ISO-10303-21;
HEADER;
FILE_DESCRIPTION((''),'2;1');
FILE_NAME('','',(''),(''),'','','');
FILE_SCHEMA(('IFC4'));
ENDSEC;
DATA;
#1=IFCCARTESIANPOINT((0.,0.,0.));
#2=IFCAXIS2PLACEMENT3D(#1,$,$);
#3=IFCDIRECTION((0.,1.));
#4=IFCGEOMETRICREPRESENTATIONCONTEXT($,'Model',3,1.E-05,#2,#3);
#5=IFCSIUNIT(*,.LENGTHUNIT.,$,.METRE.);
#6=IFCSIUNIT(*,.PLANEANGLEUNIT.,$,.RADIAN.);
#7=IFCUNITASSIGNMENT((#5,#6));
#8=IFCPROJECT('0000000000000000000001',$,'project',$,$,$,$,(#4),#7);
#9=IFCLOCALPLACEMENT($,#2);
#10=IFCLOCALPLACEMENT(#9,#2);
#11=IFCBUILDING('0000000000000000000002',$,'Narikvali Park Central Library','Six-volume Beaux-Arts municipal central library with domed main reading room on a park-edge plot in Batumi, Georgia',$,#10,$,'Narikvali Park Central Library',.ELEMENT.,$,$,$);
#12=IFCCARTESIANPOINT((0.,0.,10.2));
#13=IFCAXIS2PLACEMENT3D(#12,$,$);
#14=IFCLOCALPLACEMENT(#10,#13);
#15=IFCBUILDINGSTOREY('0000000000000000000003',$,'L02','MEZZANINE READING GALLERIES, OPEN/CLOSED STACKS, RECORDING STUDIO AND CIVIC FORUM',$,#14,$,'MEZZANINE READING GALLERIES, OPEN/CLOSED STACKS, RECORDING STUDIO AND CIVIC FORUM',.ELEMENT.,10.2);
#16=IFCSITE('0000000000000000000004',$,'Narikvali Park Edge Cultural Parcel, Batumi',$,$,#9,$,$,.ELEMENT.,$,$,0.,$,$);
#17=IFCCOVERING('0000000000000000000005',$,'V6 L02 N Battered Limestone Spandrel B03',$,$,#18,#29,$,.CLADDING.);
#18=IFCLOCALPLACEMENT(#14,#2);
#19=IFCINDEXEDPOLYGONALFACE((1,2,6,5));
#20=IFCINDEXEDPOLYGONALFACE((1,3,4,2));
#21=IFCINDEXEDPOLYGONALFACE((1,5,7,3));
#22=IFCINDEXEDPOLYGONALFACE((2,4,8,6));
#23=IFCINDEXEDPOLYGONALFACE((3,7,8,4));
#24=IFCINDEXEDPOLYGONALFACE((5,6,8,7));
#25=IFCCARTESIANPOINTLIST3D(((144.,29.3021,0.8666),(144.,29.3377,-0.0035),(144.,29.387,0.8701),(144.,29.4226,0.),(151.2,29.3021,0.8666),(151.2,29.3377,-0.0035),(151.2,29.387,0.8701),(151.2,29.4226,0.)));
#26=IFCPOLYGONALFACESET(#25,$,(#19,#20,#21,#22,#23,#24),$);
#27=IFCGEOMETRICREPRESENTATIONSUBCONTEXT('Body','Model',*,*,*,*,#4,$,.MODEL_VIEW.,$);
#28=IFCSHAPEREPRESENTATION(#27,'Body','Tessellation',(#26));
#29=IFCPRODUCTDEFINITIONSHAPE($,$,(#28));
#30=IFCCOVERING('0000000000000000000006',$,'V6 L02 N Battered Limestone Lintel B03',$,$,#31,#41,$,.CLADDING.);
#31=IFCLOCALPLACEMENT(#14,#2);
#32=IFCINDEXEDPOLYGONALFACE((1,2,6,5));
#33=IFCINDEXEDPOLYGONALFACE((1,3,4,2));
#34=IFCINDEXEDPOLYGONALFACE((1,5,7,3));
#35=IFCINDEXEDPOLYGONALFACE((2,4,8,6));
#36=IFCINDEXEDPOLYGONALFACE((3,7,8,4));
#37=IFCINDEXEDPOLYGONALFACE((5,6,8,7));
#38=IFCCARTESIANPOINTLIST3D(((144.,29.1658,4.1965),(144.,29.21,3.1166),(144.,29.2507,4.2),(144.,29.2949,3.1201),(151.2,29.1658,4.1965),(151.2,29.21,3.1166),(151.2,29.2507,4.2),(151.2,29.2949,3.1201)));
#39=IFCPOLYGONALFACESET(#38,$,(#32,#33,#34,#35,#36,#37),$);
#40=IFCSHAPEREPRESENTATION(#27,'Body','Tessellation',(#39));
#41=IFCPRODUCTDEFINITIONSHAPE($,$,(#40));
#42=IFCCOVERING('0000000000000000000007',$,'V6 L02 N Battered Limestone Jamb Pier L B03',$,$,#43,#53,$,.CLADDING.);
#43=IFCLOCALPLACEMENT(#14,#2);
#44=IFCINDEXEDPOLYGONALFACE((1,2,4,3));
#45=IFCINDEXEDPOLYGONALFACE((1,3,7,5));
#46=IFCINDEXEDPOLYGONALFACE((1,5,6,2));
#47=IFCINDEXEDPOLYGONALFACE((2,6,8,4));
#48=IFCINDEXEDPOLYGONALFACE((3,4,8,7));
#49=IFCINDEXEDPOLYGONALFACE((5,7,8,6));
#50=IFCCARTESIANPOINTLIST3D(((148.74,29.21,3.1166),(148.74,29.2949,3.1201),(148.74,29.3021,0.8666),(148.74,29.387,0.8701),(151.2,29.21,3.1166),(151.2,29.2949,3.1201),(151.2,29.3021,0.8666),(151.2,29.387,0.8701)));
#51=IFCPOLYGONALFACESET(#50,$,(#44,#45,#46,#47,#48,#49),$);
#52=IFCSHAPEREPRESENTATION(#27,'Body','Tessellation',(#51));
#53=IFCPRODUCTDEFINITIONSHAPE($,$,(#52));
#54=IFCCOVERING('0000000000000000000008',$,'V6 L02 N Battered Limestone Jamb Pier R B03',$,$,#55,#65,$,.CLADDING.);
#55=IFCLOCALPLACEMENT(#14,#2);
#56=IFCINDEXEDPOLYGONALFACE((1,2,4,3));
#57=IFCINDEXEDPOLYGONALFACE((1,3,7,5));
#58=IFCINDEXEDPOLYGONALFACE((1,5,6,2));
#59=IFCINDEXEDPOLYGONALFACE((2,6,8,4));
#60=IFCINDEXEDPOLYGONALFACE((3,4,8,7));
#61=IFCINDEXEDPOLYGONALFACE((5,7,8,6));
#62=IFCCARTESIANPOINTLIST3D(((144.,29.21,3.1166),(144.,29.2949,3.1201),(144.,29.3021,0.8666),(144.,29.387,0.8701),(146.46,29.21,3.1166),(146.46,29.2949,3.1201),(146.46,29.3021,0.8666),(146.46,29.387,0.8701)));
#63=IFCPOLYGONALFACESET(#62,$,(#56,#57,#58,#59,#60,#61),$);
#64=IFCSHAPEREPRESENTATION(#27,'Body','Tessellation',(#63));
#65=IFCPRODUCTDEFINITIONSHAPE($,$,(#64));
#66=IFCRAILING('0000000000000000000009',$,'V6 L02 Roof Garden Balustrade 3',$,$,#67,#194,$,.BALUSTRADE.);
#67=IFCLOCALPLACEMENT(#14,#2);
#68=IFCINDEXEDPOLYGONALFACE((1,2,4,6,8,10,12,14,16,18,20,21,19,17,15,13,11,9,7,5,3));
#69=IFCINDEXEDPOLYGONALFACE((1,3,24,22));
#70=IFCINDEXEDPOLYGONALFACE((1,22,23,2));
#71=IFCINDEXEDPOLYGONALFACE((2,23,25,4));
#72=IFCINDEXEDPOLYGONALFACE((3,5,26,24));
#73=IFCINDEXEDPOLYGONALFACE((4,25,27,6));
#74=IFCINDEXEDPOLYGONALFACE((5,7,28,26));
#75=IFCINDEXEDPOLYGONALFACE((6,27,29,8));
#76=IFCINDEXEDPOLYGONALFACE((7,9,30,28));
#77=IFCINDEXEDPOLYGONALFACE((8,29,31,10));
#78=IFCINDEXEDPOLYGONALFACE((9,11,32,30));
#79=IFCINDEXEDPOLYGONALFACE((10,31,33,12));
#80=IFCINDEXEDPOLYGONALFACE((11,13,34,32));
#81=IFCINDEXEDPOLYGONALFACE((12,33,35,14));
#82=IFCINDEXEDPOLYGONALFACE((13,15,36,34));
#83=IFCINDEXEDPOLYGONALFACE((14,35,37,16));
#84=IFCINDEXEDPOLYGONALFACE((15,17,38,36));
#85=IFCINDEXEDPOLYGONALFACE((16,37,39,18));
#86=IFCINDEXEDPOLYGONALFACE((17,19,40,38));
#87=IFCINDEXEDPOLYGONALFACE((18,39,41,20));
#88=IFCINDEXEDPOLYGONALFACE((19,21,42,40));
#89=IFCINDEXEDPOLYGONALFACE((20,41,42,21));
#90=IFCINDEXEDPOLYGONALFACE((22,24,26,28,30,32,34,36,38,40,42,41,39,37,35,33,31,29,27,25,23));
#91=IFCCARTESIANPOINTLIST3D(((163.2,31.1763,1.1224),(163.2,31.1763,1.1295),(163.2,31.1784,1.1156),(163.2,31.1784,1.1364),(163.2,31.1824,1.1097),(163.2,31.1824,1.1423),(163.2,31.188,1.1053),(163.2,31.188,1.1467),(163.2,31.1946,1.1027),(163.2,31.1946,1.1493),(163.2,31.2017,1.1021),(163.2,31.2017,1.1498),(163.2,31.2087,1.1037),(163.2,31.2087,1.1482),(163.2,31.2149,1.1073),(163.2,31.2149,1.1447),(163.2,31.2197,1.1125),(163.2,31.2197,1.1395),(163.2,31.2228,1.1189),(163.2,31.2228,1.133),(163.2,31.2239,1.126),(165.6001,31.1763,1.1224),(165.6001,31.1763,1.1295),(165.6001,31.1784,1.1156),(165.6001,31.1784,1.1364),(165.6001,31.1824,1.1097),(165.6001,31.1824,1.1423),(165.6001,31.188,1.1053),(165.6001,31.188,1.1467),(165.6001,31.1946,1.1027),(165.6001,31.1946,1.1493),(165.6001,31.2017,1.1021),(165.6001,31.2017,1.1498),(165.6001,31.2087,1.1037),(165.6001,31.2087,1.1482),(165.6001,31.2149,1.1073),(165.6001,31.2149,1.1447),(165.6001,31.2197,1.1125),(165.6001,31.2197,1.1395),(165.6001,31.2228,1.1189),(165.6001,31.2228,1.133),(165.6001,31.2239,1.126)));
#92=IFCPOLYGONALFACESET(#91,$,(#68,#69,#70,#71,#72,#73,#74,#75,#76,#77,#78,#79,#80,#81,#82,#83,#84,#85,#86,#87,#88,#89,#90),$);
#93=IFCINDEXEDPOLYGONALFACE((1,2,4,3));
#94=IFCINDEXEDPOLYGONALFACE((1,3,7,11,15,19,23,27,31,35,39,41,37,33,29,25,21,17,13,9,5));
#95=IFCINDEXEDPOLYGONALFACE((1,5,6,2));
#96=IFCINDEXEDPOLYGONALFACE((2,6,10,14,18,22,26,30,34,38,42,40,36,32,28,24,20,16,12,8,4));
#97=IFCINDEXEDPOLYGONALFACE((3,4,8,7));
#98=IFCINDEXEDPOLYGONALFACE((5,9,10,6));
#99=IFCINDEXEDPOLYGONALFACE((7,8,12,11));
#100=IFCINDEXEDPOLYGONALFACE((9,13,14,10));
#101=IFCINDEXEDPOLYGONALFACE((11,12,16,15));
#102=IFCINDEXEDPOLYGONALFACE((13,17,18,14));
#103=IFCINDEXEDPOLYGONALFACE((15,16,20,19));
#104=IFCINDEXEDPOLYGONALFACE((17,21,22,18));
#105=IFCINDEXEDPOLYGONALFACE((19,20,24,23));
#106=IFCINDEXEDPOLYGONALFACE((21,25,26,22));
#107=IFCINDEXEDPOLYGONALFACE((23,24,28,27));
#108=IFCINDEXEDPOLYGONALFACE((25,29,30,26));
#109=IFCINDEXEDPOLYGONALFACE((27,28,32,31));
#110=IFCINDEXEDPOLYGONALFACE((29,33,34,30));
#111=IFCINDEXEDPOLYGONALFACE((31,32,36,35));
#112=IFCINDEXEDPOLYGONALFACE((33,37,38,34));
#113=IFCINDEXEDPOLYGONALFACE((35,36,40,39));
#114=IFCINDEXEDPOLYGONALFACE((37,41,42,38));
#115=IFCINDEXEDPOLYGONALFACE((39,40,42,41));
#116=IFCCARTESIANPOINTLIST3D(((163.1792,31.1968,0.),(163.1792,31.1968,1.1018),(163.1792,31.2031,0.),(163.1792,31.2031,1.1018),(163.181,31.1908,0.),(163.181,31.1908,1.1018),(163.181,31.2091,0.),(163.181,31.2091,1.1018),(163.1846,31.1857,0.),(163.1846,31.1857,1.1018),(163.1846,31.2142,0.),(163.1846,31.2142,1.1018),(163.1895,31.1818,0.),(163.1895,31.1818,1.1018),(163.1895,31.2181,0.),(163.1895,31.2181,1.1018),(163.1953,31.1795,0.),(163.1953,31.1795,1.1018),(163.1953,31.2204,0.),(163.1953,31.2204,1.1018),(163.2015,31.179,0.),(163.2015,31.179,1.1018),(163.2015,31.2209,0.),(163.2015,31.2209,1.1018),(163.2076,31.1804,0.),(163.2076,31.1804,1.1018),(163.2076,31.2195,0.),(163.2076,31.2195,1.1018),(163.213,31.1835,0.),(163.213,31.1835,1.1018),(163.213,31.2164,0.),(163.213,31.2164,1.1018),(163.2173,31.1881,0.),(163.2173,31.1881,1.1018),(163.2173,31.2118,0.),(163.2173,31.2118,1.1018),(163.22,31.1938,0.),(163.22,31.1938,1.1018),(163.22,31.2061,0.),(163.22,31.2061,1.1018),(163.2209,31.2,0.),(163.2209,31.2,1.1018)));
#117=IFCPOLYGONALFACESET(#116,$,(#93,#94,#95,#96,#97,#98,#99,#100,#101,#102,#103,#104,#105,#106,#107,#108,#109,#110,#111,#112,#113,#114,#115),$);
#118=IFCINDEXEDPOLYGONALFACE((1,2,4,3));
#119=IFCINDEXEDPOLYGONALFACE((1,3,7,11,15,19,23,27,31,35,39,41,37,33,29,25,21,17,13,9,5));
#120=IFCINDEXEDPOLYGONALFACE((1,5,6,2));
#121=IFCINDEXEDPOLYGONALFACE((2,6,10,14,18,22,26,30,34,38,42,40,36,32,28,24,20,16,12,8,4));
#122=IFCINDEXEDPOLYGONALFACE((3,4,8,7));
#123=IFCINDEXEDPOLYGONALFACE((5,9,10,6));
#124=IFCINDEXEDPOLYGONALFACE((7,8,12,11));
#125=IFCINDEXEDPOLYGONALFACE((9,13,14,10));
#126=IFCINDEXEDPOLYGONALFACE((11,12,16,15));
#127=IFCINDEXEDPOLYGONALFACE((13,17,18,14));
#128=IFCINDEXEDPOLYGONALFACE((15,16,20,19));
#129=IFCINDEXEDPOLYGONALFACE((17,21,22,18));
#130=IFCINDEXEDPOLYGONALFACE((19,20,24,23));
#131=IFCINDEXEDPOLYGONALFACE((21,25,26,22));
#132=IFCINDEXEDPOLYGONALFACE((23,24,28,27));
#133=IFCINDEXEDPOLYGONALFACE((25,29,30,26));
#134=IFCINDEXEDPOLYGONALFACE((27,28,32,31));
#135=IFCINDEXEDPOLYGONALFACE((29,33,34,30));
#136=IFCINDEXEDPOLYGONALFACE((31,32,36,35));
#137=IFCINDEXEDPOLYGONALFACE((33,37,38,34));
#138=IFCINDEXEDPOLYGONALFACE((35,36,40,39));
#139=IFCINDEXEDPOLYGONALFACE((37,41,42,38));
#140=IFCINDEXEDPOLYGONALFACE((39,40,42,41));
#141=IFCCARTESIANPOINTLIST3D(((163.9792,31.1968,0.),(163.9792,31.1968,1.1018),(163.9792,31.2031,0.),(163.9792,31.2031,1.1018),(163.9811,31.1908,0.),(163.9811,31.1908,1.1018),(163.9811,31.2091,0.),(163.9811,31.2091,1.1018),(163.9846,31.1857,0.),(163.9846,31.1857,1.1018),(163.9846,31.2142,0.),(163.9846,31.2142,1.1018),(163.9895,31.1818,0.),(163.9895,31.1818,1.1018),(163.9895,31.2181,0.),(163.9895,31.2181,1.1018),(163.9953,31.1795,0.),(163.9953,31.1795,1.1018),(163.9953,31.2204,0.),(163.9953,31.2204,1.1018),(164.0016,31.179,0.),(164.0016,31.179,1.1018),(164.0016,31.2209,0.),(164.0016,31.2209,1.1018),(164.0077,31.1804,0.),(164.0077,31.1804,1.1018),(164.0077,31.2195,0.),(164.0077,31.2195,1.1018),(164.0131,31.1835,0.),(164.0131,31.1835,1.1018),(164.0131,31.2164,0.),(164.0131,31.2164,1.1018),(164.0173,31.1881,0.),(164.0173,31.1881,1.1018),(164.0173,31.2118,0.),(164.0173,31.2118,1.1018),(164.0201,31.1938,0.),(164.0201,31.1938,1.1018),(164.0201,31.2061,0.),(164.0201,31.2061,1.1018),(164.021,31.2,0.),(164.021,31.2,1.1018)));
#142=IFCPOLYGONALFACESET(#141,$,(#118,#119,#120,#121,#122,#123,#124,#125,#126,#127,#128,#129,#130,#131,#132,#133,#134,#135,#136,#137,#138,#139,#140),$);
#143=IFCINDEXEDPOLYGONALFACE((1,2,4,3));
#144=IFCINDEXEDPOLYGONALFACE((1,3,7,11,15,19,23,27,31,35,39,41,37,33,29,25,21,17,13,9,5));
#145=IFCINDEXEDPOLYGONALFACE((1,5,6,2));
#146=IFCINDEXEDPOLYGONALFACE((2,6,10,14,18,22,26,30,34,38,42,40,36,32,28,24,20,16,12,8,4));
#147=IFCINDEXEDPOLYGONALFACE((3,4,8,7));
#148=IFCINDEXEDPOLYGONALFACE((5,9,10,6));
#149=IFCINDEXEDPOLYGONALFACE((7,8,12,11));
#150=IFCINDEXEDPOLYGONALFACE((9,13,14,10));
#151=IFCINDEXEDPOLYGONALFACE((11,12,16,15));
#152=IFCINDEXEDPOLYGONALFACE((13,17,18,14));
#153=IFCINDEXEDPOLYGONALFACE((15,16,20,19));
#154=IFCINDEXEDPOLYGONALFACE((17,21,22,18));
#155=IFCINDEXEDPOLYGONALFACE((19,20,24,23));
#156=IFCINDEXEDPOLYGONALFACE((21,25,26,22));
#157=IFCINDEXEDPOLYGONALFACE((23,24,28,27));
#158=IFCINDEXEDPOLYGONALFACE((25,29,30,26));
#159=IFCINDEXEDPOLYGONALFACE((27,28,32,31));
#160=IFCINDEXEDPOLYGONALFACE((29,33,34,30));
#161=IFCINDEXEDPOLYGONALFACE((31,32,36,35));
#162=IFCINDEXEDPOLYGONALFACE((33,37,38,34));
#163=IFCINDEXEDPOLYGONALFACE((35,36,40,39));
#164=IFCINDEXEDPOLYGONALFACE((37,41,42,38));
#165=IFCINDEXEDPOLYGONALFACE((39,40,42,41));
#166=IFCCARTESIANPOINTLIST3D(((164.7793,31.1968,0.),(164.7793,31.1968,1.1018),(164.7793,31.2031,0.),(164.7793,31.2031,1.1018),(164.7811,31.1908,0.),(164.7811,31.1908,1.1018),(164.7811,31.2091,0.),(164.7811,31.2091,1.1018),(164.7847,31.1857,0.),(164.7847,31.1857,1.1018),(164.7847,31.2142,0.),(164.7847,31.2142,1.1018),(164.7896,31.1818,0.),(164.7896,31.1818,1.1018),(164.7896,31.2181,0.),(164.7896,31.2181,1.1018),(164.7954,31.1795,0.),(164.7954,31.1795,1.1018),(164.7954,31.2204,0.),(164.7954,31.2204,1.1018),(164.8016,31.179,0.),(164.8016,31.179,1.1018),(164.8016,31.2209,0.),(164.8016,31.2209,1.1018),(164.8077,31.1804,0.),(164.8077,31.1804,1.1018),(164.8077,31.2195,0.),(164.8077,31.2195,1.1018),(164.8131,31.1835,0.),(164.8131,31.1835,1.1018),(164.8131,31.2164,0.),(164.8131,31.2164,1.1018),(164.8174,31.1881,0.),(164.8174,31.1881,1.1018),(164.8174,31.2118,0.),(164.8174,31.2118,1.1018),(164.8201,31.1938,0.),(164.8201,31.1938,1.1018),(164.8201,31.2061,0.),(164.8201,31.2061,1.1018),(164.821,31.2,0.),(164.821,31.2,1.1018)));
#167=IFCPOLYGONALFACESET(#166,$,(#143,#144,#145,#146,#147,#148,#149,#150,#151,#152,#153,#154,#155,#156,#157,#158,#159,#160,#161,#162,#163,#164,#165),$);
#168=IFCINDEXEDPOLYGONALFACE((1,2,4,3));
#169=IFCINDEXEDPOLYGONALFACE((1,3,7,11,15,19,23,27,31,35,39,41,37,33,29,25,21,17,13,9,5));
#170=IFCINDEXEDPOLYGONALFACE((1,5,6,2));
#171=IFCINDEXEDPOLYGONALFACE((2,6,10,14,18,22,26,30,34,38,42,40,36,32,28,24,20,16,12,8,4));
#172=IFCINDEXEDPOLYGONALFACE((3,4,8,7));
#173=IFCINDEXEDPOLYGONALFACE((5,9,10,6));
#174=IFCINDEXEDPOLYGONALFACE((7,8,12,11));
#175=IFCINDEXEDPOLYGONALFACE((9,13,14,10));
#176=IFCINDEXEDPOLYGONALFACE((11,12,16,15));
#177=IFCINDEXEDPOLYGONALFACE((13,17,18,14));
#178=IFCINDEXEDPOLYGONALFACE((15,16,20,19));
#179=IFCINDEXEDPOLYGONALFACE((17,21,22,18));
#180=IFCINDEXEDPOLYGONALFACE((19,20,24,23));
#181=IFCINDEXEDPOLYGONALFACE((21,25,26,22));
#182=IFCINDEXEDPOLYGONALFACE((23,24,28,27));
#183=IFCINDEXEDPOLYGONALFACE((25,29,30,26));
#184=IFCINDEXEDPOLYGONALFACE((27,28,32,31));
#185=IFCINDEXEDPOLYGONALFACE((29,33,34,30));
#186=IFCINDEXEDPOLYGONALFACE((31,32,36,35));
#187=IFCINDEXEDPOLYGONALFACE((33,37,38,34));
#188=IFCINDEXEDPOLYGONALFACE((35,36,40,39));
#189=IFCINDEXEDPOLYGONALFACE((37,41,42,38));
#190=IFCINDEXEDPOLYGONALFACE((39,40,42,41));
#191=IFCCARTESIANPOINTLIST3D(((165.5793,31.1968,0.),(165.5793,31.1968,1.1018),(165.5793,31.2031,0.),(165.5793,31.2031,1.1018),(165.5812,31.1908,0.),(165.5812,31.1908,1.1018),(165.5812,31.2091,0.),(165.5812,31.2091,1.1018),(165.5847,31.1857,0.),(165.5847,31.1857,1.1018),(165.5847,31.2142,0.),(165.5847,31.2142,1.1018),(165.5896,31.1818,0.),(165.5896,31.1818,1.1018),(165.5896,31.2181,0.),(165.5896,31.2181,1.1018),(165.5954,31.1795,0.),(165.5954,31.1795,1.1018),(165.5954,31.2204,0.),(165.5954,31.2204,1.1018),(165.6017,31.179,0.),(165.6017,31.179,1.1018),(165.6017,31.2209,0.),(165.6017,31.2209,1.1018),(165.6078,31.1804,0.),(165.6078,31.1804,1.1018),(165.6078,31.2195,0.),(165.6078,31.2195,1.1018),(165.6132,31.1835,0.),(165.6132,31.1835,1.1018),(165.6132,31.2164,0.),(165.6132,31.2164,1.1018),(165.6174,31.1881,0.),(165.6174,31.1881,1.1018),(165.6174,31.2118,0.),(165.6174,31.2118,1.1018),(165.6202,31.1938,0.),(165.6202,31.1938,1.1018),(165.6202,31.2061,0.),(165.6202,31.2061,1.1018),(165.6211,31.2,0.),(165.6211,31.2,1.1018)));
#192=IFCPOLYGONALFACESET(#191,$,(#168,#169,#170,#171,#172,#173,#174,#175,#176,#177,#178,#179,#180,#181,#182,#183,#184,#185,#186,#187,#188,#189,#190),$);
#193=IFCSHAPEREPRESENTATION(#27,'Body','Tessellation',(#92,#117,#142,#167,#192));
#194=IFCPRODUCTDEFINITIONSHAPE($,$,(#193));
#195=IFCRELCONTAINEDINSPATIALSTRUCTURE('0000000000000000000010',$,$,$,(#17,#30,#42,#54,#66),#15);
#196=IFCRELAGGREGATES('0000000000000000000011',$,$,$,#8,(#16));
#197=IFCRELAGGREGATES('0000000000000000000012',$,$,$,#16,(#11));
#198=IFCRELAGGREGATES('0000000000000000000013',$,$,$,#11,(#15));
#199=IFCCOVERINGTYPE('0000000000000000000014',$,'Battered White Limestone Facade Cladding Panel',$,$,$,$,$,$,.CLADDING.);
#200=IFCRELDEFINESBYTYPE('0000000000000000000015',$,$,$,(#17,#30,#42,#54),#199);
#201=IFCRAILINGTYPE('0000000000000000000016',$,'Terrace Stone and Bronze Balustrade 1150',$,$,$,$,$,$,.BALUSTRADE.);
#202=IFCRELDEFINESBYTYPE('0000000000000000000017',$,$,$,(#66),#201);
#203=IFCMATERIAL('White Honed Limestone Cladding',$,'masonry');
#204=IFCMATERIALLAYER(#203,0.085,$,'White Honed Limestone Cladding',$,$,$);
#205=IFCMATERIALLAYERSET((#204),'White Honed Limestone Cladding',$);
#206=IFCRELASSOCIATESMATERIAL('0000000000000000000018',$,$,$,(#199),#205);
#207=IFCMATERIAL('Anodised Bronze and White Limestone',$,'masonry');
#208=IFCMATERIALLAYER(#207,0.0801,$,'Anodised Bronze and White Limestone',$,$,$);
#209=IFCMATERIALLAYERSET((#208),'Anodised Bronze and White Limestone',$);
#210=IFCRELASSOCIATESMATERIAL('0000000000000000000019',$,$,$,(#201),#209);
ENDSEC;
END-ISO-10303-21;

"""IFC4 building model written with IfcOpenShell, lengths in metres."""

from ifc_helpers import new_model, si_unit, direction, frame, origin, origin_2d, place, context, subcontext, project, spatial, polyline, circle, outline, extrude, material, layer, layer_set, type_object, element, save


model = new_model("IFC4")

# Units and contexts
model_context = context("Model", 3, precision=1e-05, world=origin(), true_north=direction((0.0, 1.0)))
body_context = subcontext(model_context, "Body", "Model", "MODEL_VIEW")
ifc_project = project(units=[si_unit("LENGTHUNIT", "METRE"), si_unit("PLANEANGLEUNIT", "RADIAN")], contexts=[model_context])

# Site, building, storey
site_placement = place(None, origin())
site = spatial("IfcSite", under=ifc_project, at=site_placement, Name="Narikvali Park Edge Cultural Parcel, Batumi", CompositionType="ELEMENT", RefElevation=0.0)
building_placement = place(site_placement, origin())
building = spatial("IfcBuilding", under=site, at=building_placement, Name="Narikvali Park Central Library", Description="Six-volume Beaux-Arts municipal central library with domed main reading room on a park-edge plot in Batumi, Georgia", LongName="Narikvali Park Central Library", CompositionType="ELEMENT")
storey_placement = place(building_placement, frame((0.0, 0.0, 10.2)))
storey = spatial("IfcBuildingStorey", under=building, at=storey_placement, Name="L02", Description="MEZZANINE READING GALLERIES, OPEN/CLOSED STACKS, RECORDING STUDIO AND CIVIC FORUM", LongName="MEZZANINE READING GALLERIES, OPEN/CLOSED STACKS, RECORDING STUDIO AND CIVIC FORUM", CompositionType="ELEMENT", Elevation=10.2)

# Coverings
ifc_material_1 = material(Name="White Honed Limestone Cladding", Category="masonry")
ifc_layer_1 = layer(ifc_material_1, 0.085, Name="White Honed Limestone Cladding")
ifc_layer_set_1 = layer_set([ifc_layer_1], Name="White Honed Limestone Cladding")
covering_type = type_object("IfcCoveringType", Name="Battered White Limestone Facade Cladding Panel", PredefinedType="CLADDING", material=ifc_layer_set_1)
covering_1_placement = place(storey_placement, frame((151.2, 29.4226, 0.0), z_axis=(0.0, 0.999162, 0.040931), x_axis=(-1.0, 0.0, 0.0)))
element("IfcCovering", 1, at=covering_1_placement, inside=storey, type_object=covering_type, Name="V6 L02 N Battered Limestone Spandrel B03", PredefinedType="CLADDING", context=body_context, shape_type="SweptSolid", body=[
    extrude(outline(polyline([(0.0, 0.0), (7.2, 0.0), (7.2, 0.8708), (0.0, 0.8708), (0.0, 0.0)])), origin(), (0.0, 0.0, -1.0), 0.085),
])
covering_2_placement = place(storey_placement, frame((151.2, 29.2949, 3.1201), z_axis=(0.0, 0.999164, 0.040888), x_axis=(-1.0, 0.0, 0.0)))
element("IfcCovering", 2, at=covering_2_placement, inside=storey, type_object=covering_type, Name="V6 L02 N Battered Limestone Lintel B03", PredefinedType="CLADDING", context=body_context, shape_type="SweptSolid", body=[
    extrude(outline(polyline([(0.0, 0.0), (7.2, 0.0), (7.2, 1.0807), (0.0, 1.0807), (0.0, 0.0)])), origin(), (0.0, 0.0, -1.0), 0.085),
])
for number, where, z_axis, x_axis, name in (
    (3, (151.2, 29.387, 0.8701), (0.0, 0.999164, 0.040873), (-1.0, 0.0, 0.0), "V6 L02 N Battered Limestone Jamb Pier L B03"),
    (4, (146.46, 29.387, 0.8701), (0.0, 0.999164, 0.040873), (-1.0, 0.0, 0.0), "V6 L02 N Battered Limestone Jamb Pier R B03"),
):
    element("IfcCovering", number, at=place(storey_placement, frame(where, z_axis=z_axis, x_axis=x_axis)), inside=storey, type_object=covering_type, Name=name, PredefinedType="CLADDING", context=body_context, shape_type="SweptSolid", body=[
        extrude(outline(polyline([(0.0, 0.0), (2.46, 0.0), (2.46, 2.2519), (0.0, 2.2519), (0.0, 0.0)])), origin(), (0.0, 0.0, -1.0), 0.085),
    ])

# Railing
ifc_material_2 = material(Name="Anodised Bronze and White Limestone", Category="masonry")
ifc_layer_2 = layer(ifc_material_2, 0.0801, Name="Anodised Bronze and White Limestone")
ifc_layer_set_2 = layer_set([ifc_layer_2], Name="Anodised Bronze and White Limestone")
railing_type = type_object("IfcRailingType", Name="Terrace Stone and Bronze Balustrade 1150", PredefinedType="BALUSTRADE", material=ifc_layer_set_2)
railing_1_placement = place(storey_placement, frame((163.2, 31.2, 0.0)))
element("IfcRailing", 5, at=railing_1_placement, inside=storey, type_object=railing_type, Name="V6 L02 Roof Garden Balustrade 3", PredefinedType="BALUSTRADE", context=body_context, shape_type="SweptSolid", body=[
    extrude(circle(Radius=0.0239, at=origin_2d()), frame((0.0, 0.0, 1.126), z_axis=(1.0, 0.0, 0.0), x_axis=(0.0, 1.0, 0.0)), (0.0, 0.0, 1.0), 2.4001),
    extrude(circle(Radius=0.021, at=origin_2d()), origin(), (0.0, 0.0, 1.0), 1.1018),
    extrude(circle(Radius=0.021, at=origin_2d()), frame((0.8, 0.0, 0.0)), (0.0, 0.0, 1.0), 1.1018),
    extrude(circle(Radius=0.021, at=origin_2d()), frame((1.6001, 0.0, 0.0)), (0.0, 0.0, 1.0), 1.1018),
    extrude(circle(Radius=0.021, at=origin_2d()), frame((2.4001, 0.0, 0.0)), (0.0, 0.0, 1.0), 1.1018),
])

save(model, "model.ifc")
